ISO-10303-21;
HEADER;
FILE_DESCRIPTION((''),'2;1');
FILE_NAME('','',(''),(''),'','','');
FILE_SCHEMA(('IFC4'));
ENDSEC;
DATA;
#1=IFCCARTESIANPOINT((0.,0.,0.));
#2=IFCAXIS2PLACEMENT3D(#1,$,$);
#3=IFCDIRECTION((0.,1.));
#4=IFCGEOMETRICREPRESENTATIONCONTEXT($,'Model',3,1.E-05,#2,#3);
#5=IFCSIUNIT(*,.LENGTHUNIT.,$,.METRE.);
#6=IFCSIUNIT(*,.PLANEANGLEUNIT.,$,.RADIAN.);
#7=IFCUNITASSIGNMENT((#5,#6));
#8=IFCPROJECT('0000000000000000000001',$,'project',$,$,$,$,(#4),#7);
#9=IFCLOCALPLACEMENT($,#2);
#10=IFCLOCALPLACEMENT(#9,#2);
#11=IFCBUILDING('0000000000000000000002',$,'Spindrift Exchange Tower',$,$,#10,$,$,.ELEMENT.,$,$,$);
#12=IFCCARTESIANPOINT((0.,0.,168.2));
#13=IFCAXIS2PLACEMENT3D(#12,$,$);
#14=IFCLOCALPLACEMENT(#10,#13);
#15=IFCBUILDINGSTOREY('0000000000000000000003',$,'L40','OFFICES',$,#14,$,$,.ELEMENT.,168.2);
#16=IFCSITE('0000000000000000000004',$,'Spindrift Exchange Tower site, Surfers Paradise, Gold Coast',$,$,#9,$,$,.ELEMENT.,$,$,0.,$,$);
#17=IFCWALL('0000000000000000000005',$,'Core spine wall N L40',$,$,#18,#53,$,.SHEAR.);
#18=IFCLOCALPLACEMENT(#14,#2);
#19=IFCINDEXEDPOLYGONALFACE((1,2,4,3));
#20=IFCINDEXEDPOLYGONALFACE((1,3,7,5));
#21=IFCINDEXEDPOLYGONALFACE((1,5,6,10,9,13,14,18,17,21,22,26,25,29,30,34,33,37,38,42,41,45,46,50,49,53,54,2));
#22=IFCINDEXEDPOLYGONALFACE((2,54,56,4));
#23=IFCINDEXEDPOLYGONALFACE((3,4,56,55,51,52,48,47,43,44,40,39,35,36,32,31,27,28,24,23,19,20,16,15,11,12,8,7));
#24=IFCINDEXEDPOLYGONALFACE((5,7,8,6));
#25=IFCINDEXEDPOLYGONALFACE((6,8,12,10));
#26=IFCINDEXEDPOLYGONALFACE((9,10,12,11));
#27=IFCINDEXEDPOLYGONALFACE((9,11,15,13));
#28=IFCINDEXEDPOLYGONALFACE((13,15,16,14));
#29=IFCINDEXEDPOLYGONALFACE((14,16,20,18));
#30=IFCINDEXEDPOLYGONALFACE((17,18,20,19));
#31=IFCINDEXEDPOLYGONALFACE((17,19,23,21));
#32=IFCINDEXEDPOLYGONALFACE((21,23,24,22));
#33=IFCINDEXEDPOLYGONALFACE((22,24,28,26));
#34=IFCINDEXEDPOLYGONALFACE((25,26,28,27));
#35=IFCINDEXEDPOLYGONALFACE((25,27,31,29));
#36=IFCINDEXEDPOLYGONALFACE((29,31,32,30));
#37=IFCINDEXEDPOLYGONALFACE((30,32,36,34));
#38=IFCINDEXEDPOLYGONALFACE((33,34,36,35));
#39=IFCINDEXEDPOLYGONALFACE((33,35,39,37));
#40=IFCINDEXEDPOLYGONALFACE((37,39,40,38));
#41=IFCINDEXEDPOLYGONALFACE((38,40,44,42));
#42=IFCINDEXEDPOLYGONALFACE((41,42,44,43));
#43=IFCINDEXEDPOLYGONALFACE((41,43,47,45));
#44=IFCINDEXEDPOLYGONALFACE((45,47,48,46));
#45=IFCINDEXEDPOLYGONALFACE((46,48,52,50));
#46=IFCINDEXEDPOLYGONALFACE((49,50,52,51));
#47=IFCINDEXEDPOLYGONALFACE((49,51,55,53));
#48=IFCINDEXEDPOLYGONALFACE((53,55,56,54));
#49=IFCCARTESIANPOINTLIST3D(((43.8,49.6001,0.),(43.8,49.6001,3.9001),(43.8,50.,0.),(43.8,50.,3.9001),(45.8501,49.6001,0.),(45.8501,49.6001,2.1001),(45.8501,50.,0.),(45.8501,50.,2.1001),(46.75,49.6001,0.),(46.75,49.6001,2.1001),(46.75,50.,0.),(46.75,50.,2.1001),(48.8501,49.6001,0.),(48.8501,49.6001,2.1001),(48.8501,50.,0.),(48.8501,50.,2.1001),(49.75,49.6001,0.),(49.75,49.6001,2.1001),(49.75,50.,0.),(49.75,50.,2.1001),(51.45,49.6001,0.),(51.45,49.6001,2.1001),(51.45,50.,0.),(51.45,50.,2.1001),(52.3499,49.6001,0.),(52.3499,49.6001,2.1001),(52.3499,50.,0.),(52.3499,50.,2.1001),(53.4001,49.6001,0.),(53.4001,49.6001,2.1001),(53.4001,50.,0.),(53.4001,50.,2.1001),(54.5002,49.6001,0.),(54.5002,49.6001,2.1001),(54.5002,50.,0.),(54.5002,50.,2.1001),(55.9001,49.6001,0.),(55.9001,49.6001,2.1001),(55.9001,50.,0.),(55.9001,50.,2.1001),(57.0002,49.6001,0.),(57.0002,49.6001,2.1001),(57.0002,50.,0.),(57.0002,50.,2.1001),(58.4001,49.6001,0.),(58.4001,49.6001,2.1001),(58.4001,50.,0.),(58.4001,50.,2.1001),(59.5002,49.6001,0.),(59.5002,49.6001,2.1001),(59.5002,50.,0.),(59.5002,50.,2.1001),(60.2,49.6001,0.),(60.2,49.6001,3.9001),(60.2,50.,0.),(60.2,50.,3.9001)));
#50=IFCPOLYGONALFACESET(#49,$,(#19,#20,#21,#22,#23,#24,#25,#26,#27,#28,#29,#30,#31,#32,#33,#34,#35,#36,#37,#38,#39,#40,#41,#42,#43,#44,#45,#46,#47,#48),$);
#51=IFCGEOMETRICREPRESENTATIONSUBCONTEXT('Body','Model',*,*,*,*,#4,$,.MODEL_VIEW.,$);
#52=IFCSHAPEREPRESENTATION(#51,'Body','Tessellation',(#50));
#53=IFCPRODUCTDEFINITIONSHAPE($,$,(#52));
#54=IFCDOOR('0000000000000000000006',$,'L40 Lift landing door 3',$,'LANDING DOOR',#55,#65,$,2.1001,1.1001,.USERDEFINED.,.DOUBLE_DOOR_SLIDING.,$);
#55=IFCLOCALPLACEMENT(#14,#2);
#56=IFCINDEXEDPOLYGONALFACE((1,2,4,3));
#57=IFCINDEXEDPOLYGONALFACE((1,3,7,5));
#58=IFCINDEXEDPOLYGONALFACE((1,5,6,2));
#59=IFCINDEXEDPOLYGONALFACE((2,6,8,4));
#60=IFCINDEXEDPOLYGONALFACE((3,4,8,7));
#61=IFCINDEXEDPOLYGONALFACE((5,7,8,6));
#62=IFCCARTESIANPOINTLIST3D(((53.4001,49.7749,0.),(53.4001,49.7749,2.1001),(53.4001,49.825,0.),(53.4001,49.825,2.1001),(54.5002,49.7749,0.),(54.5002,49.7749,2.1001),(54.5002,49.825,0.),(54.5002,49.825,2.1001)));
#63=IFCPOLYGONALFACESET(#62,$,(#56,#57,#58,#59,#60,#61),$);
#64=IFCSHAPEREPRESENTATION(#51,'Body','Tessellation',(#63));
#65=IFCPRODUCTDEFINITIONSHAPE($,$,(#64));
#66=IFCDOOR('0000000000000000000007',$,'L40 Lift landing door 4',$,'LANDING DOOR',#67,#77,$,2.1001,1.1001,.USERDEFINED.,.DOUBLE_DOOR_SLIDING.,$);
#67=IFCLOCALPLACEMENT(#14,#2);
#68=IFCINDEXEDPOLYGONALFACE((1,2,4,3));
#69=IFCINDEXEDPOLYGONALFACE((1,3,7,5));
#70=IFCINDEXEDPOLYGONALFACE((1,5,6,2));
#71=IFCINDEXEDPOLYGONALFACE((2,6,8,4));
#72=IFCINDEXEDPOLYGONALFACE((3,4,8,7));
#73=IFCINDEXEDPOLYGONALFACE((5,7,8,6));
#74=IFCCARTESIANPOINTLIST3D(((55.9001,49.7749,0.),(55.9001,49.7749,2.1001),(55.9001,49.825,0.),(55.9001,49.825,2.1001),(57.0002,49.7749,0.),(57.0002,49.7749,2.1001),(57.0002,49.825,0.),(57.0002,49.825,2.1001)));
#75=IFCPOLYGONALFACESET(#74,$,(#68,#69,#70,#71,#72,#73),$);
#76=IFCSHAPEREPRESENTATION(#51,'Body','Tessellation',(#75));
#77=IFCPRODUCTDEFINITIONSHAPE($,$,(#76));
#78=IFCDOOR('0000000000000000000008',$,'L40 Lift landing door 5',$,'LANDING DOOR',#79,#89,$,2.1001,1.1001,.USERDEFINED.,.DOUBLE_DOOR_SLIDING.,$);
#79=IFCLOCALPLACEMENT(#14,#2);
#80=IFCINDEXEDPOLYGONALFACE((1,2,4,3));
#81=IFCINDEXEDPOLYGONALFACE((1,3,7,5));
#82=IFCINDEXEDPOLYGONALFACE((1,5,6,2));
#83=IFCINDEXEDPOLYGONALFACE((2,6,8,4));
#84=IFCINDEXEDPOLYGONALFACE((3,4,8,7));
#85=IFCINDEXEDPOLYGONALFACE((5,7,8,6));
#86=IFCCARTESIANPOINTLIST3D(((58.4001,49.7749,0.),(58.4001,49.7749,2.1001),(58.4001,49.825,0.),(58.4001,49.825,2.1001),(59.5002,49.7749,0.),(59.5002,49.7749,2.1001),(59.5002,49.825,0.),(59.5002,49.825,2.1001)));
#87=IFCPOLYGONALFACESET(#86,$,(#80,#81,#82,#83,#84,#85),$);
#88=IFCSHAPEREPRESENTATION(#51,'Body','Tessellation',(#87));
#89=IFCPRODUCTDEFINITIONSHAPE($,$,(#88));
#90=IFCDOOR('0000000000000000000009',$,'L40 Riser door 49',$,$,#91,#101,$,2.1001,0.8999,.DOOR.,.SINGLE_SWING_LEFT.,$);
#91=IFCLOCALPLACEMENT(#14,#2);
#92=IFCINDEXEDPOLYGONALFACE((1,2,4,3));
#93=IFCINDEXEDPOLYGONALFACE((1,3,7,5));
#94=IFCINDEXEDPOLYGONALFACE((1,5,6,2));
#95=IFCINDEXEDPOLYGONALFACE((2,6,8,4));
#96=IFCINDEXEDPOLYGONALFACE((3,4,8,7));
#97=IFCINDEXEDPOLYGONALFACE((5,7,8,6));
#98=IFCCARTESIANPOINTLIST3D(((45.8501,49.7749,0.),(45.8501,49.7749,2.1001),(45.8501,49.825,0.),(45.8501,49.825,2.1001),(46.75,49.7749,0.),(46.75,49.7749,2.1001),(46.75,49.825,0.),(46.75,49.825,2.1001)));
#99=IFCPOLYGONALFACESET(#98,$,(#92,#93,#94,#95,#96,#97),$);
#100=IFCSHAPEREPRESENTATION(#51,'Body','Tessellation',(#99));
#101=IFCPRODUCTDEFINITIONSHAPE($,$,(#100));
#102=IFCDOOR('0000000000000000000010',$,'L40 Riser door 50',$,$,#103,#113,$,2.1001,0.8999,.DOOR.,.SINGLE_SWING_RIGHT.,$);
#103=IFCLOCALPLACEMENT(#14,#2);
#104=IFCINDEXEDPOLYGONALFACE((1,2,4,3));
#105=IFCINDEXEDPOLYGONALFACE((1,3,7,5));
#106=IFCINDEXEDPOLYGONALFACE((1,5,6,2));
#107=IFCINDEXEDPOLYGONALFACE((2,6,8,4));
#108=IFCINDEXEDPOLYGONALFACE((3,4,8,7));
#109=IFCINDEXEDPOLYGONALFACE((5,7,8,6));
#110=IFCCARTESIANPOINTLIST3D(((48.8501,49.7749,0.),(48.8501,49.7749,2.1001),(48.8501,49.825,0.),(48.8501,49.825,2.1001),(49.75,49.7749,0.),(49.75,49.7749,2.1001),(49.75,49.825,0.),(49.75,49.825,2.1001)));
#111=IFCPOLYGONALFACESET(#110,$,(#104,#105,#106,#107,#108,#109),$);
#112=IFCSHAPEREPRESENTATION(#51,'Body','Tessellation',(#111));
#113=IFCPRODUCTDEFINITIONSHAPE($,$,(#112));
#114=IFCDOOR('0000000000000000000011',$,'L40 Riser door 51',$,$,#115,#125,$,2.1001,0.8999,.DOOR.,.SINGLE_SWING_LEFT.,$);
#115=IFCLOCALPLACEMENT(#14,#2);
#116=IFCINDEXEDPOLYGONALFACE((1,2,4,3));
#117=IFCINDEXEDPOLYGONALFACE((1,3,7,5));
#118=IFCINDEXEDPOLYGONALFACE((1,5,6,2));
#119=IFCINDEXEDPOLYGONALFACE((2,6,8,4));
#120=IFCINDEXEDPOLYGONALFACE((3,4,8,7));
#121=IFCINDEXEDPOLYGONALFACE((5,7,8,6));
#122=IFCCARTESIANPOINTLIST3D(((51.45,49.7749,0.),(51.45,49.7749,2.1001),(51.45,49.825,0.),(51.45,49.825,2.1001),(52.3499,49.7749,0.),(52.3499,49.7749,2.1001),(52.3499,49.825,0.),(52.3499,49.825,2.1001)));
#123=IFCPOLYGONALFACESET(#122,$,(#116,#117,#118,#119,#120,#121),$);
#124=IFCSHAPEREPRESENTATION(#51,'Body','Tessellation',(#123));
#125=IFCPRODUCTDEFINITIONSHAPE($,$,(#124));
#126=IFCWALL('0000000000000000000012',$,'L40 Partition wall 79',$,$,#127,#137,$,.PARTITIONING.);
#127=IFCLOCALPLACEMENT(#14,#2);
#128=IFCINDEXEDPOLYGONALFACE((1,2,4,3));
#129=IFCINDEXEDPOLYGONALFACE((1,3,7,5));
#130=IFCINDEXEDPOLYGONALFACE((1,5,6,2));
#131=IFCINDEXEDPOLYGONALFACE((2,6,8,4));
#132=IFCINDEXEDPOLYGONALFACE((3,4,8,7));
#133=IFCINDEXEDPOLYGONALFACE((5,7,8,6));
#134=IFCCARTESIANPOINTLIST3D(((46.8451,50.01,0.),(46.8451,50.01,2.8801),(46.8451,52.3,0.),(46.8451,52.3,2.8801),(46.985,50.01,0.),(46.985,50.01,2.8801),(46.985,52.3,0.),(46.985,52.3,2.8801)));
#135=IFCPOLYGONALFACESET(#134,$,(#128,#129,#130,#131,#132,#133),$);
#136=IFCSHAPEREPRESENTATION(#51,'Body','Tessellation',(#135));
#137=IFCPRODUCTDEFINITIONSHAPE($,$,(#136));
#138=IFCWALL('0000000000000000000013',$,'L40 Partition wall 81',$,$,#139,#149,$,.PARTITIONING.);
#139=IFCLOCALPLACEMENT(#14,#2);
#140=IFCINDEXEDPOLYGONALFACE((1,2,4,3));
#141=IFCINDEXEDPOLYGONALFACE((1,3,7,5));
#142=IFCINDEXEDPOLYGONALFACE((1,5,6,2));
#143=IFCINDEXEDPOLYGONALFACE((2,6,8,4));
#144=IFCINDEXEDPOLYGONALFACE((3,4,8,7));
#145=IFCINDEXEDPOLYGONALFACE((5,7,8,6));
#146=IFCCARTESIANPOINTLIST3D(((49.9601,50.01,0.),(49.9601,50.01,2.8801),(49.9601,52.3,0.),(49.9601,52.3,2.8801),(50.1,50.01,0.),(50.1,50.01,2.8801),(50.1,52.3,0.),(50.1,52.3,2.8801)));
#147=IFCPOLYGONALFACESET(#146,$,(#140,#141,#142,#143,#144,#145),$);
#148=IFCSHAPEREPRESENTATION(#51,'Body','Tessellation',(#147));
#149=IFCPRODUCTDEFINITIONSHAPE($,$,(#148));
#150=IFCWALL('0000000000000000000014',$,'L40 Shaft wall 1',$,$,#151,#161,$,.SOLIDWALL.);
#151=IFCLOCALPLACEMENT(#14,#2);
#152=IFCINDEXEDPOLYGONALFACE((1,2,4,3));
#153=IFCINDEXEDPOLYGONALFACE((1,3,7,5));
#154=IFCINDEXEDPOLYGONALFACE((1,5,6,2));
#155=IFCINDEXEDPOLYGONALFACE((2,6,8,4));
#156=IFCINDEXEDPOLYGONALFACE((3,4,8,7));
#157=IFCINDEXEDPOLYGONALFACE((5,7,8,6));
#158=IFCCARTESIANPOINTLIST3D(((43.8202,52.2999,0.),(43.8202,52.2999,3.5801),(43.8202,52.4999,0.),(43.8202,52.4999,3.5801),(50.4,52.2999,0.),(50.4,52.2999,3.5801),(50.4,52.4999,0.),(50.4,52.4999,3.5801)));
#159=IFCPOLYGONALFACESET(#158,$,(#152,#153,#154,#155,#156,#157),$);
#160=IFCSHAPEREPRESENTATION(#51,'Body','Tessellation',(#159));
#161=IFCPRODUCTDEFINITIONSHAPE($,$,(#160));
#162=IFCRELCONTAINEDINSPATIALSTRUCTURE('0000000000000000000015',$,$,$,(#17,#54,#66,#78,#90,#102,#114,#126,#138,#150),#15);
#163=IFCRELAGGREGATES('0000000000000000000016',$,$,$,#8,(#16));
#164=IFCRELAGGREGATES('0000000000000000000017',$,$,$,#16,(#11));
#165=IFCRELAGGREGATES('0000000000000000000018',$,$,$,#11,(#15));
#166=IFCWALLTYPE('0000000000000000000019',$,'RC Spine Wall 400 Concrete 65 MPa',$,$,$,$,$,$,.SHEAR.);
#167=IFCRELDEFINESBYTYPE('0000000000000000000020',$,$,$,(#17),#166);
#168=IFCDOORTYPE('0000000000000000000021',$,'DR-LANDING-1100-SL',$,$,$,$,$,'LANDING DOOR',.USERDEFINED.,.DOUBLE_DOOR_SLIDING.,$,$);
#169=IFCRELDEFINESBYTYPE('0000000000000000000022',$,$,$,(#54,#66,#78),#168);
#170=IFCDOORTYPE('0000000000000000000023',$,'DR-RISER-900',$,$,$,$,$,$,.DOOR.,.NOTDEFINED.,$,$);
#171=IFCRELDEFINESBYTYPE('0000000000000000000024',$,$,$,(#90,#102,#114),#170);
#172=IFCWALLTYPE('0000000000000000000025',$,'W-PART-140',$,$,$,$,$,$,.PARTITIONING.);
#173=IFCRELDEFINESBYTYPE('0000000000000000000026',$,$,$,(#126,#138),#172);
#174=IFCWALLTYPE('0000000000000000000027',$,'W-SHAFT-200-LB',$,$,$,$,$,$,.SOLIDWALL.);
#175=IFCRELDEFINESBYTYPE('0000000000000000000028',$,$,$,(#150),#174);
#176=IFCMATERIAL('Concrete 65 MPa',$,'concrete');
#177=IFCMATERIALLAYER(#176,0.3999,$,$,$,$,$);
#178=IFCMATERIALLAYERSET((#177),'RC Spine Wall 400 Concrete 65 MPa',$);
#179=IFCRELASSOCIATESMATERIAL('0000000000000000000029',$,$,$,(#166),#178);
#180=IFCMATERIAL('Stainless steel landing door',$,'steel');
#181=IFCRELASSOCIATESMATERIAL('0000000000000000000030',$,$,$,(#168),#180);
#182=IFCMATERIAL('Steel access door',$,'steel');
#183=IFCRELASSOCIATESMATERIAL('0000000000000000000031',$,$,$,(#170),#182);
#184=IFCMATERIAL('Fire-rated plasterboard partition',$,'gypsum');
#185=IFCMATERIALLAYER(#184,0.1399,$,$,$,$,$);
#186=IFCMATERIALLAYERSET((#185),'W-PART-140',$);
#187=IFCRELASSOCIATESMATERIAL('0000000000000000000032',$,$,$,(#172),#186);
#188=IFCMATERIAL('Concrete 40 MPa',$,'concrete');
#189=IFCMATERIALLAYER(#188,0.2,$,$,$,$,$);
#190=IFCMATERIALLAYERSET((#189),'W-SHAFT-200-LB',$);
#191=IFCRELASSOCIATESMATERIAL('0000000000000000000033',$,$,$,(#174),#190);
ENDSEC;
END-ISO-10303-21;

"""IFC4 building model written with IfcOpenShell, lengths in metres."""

from ifc_helpers import new_model, si_unit, direction, frame, frame_2d, origin, place, context, subcontext, project, spatial, rectangle, extrude, source, transform, mapped, material, layer, layer_set, type_object, element, fill, save


model = new_model("IFC4")

# Units and contexts
model_context = context("Model", 3, precision=1e-05, world=origin(), true_north=direction((0.0, 1.0)))
body_context = subcontext(model_context, "Body", "Model", "MODEL_VIEW")
ifc_project = project(units=[si_unit("LENGTHUNIT", "METRE"), si_unit("PLANEANGLEUNIT", "RADIAN")], contexts=[model_context])

# Site, building, storey
site_placement = place(None, origin())
site = spatial("IfcSite", under=ifc_project, at=site_placement, Name="Spindrift Exchange Tower site, Surfers Paradise, Gold Coast", CompositionType="ELEMENT", RefElevation=0.0)
building_placement = place(site_placement, origin())
building = spatial("IfcBuilding", under=site, at=building_placement, Name="Spindrift Exchange Tower", CompositionType="ELEMENT")
storey_placement = place(building_placement, frame((0.0, 0.0, 168.2)))
storey = spatial("IfcBuildingStorey", under=building, at=storey_placement, Name="L40", Description="OFFICES", CompositionType="ELEMENT", Elevation=168.2)

# Shared definitions
ifc_material_1 = material(Name="Concrete 65 MPa", Category="concrete")

# Wall, openings, doors
ifc_layer_1 = layer(ifc_material_1, 0.3999)
ifc_layer_set_1 = layer_set([ifc_layer_1], Name="RC Spine Wall 400 Concrete 65 MPa")
wall_type_1 = type_object("IfcWallType", Name="RC Spine Wall 400 Concrete 65 MPa", PredefinedType="SHEAR", material=ifc_layer_set_1)
wall_1_placement = place(storey_placement, frame((43.8, 49.8, 0.0), z_axis=(0.0, 0.0, 1.0), x_axis=(1.0, 0.0, 0.0)))
wall_1 = element("IfcWall", 1, at=wall_1_placement, inside=storey, type_object=wall_type_1, Name="Core spine wall N L40", PredefinedType="SHEAR", context=body_context, shape_type="SweptSolid", body=[
    extrude(rectangle(XDim=16.3999, YDim=0.3999, at=frame_2d((8.2, 0.0))), origin(), (0.0, 0.0, 1.0), 3.9001),
])
opening_1_placement = place(wall_1_placement, frame((9.6001, 0.0, 0.0)))
opening_1 = element("IfcOpeningElement", 2, at=opening_1_placement, cuts=wall_1, PredefinedType="OPENING", context=body_context, shape_type="SweptSolid", body=[
    extrude(rectangle(XDim=1.1001, YDim=2.1001, at=frame_2d((0.55, 1.05))), frame((0.0, 0.21, 0.0), z_axis=(0.0, -1.0, 0.0), x_axis=(1.0, 0.0, 0.0)), (0.0, 0.0, 1.0), 0.4199),
])
opening_2_placement = place(wall_1_placement, frame((12.1001, 0.0, 0.0)))
opening_2 = element("IfcOpeningElement", 3, at=opening_2_placement, cuts=wall_1, PredefinedType="OPENING", context=body_context, shape_type="SweptSolid", body=[
    extrude(rectangle(XDim=1.1001, YDim=2.1001, at=frame_2d((0.55, 1.05))), frame((0.0, 0.21, 0.0), z_axis=(0.0, -1.0, 0.0), x_axis=(1.0, 0.0, 0.0)), (0.0, 0.0, 1.0), 0.4199),
])
opening_3_placement = place(wall_1_placement, frame((14.6001, 0.0, 0.0)))
opening_3 = element("IfcOpeningElement", 4, at=opening_3_placement, cuts=wall_1, PredefinedType="OPENING", context=body_context, shape_type="SweptSolid", body=[
    extrude(rectangle(XDim=1.1001, YDim=2.1001, at=frame_2d((0.55, 1.05))), frame((0.0, 0.21, 0.0), z_axis=(0.0, -1.0, 0.0), x_axis=(1.0, 0.0, 0.0)), (0.0, 0.0, 1.0), 0.4199),
])
opening_4_placement = place(wall_1_placement, frame((2.05, 0.0, 0.0)))
opening_4 = element("IfcOpeningElement", 5, at=opening_4_placement, cuts=wall_1, PredefinedType="OPENING", context=body_context, shape_type="SweptSolid", body=[
    extrude(rectangle(XDim=0.8999, YDim=2.1001, at=frame_2d((0.45, 1.05))), frame((0.0, 0.21, 0.0), z_axis=(0.0, -1.0, 0.0), x_axis=(1.0, 0.0, 0.0)), (0.0, 0.0, 1.0), 0.4199),
])
opening_5_placement = place(wall_1_placement, frame((5.05, 0.0, 0.0)))
opening_5 = element("IfcOpeningElement", 6, at=opening_5_placement, cuts=wall_1, PredefinedType="OPENING", context=body_context, shape_type="SweptSolid", body=[
    extrude(rectangle(XDim=0.8999, YDim=2.1001, at=frame_2d((0.45, 1.05))), frame((0.0, 0.21, 0.0), z_axis=(0.0, -1.0, 0.0), x_axis=(1.0, 0.0, 0.0)), (0.0, 0.0, 1.0), 0.4199),
])
opening_6_placement = place(wall_1_placement, frame((7.6499, 0.0, 0.0)))
opening_6 = element("IfcOpeningElement", 7, at=opening_6_placement, cuts=wall_1, PredefinedType="OPENING", context=body_context, shape_type="SweptSolid", body=[
    extrude(rectangle(XDim=0.8999, YDim=2.1001, at=frame_2d((0.45, 1.05))), frame((0.0, 0.21, 0.0), z_axis=(0.0, -1.0, 0.0), x_axis=(1.0, 0.0, 0.0)), (0.0, 0.0, 1.0), 0.4199),
])
ifc_material_2 = material(Name="Stainless steel landing door", Category="steel")
door_type_1 = type_object("IfcDoorType", Name="DR-LANDING-1100-SL", ElementType="LANDING DOOR", OperationType="DOUBLE_DOOR_SLIDING", PredefinedType="USERDEFINED", material=ifc_material_2)
shared_shape_1 = source(origin(), body_context, "Body", "SweptSolid", [
    extrude(rectangle(XDim=1.1001, YDim=2.1001, at=frame_2d((0.55, 1.05))), frame((0.0, 0.0249, 0.0), z_axis=(0.0, -1.0, 0.0), x_axis=(1.0, 0.0, 0.0)), (0.0, 0.0, 1.0), 0.05),
])
door_1_placement = place(opening_1_placement, origin())
door_1 = element("IfcDoor", 8, at=door_1_placement, inside=storey, type_object=door_type_1, Name="L40 Lift landing door 3", ObjectType="LANDING DOOR", OperationType="DOUBLE_DOOR_SLIDING", OverallHeight=2.1001, OverallWidth=1.1001, PredefinedType="USERDEFINED", context=body_context, shape_type="MappedRepresentation", body=[
    mapped(shared_shape_1, transform((0.0, 0.0, 0.0), scale=1.0)),
])
fill(opening_1, door_1)
door_2_placement = place(opening_2_placement, origin())
door_2 = element("IfcDoor", 9, at=door_2_placement, inside=storey, type_object=door_type_1, Name="L40 Lift landing door 4", ObjectType="LANDING DOOR", OperationType="DOUBLE_DOOR_SLIDING", OverallHeight=2.1001, OverallWidth=1.1001, PredefinedType="USERDEFINED", context=body_context, shape_type="MappedRepresentation", body=[
    mapped(shared_shape_1, transform((0.0, 0.0, 0.0), scale=1.0)),
])
fill(opening_2, door_2)
door_3_placement = place(opening_3_placement, origin())
door_3 = element("IfcDoor", 10, at=door_3_placement, inside=storey, type_object=door_type_1, Name="L40 Lift landing door 5", ObjectType="LANDING DOOR", OperationType="DOUBLE_DOOR_SLIDING", OverallHeight=2.1001, OverallWidth=1.1001, PredefinedType="USERDEFINED", context=body_context, shape_type="MappedRepresentation", body=[
    mapped(shared_shape_1, transform((0.0, 0.0, 0.0), scale=1.0)),
])
fill(opening_3, door_3)
ifc_material_3 = material(Name="Steel access door", Category="steel")
door_type_2 = type_object("IfcDoorType", Name="DR-RISER-900", OperationType="NOTDEFINED", PredefinedType="DOOR", material=ifc_material_3)
shared_shape_2 = source(origin(), body_context, "Body", "SweptSolid", [
    extrude(rectangle(XDim=0.8999, YDim=2.1001, at=frame_2d((0.45, 1.05))), frame((0.0, 0.0249, 0.0), z_axis=(0.0, -1.0, 0.0), x_axis=(1.0, 0.0, 0.0)), (0.0, 0.0, 1.0), 0.05),
])
door_4_placement = place(opening_4_placement, origin())
door_4 = element("IfcDoor", 11, at=door_4_placement, inside=storey, type_object=door_type_2, Name="L40 Riser door 49", OperationType="SINGLE_SWING_LEFT", OverallHeight=2.1001, OverallWidth=0.8999, PredefinedType="DOOR", context=body_context, shape_type="MappedRepresentation", body=[
    mapped(shared_shape_2, transform((0.0, 0.0, 0.0), scale=1.0)),
])
fill(opening_4, door_4)
door_5_placement = place(opening_5_placement, origin())
door_5 = element("IfcDoor", 12, at=door_5_placement, inside=storey, type_object=door_type_2, Name="L40 Riser door 50", OperationType="SINGLE_SWING_RIGHT", OverallHeight=2.1001, OverallWidth=0.8999, PredefinedType="DOOR", context=body_context, shape_type="MappedRepresentation", body=[
    mapped(shared_shape_2, transform((0.0, 0.0, 0.0), scale=1.0)),
])
fill(opening_5, door_5)
door_6_placement = place(opening_6_placement, origin())
door_6 = element("IfcDoor", 13, at=door_6_placement, inside=storey, type_object=door_type_2, Name="L40 Riser door 51", OperationType="SINGLE_SWING_LEFT", OverallHeight=2.1001, OverallWidth=0.8999, PredefinedType="DOOR", context=body_context, shape_type="MappedRepresentation", body=[
    mapped(shared_shape_2, transform((0.0, 0.0, 0.0), scale=1.0)),
])
fill(opening_6, door_6)

# Walls
ifc_material_4 = material(Name="Fire-rated plasterboard partition", Category="gypsum")
ifc_layer_2 = layer(ifc_material_4, 0.1399)
ifc_layer_set_2 = layer_set([ifc_layer_2], Name="W-PART-140")
wall_type_2 = type_object("IfcWallType", Name="W-PART-140", PredefinedType="PARTITIONING", material=ifc_layer_set_2)
for number, where, z_axis, x_axis, name in (
    (14, (46.915, 50.01, 0.0), (0.0, 0.0, 1.0), (0.0, 1.0, 0.0), "L40 Partition wall 79"),
    (15, (50.03, 50.01, 0.0), (0.0, 0.0, 1.0), (0.0, 1.0, 0.0), "L40 Partition wall 81"),
):
    element("IfcWall", number, at=place(storey_placement, frame(where, z_axis=z_axis, x_axis=x_axis)), inside=storey, type_object=wall_type_2, Name=name, PredefinedType="PARTITIONING", context=body_context, shape_type="SweptSolid", body=[
        extrude(rectangle(XDim=2.29, YDim=0.1399, at=frame_2d((1.145, 0.0))), origin(), (0.0, 0.0, 1.0), 2.8801),
    ])
ifc_material_5 = material(Name="Concrete 40 MPa", Category="concrete")
ifc_layer_3 = layer(ifc_material_5, 0.2)
ifc_layer_set_3 = layer_set([ifc_layer_3], Name="W-SHAFT-200-LB")
wall_type_3 = type_object("IfcWallType", Name="W-SHAFT-200-LB", PredefinedType="SOLIDWALL", material=ifc_layer_set_3)
wall_2_placement = place(storey_placement, frame((43.8201, 52.3999, 0.0), z_axis=(0.0, 0.0, 1.0), x_axis=(1.0, 0.0, 0.0)))
element("IfcWall", 16, at=wall_2_placement, inside=storey, type_object=wall_type_3, Name="L40 Shaft wall 1", PredefinedType="SOLIDWALL", context=body_context, shape_type="SweptSolid", body=[
    extrude(rectangle(XDim=6.5798, YDim=0.2, at=frame_2d((3.29, 0.0))), origin(), (0.0, 0.0, 1.0), 3.5801),
])

save(model, "model.ifc")
